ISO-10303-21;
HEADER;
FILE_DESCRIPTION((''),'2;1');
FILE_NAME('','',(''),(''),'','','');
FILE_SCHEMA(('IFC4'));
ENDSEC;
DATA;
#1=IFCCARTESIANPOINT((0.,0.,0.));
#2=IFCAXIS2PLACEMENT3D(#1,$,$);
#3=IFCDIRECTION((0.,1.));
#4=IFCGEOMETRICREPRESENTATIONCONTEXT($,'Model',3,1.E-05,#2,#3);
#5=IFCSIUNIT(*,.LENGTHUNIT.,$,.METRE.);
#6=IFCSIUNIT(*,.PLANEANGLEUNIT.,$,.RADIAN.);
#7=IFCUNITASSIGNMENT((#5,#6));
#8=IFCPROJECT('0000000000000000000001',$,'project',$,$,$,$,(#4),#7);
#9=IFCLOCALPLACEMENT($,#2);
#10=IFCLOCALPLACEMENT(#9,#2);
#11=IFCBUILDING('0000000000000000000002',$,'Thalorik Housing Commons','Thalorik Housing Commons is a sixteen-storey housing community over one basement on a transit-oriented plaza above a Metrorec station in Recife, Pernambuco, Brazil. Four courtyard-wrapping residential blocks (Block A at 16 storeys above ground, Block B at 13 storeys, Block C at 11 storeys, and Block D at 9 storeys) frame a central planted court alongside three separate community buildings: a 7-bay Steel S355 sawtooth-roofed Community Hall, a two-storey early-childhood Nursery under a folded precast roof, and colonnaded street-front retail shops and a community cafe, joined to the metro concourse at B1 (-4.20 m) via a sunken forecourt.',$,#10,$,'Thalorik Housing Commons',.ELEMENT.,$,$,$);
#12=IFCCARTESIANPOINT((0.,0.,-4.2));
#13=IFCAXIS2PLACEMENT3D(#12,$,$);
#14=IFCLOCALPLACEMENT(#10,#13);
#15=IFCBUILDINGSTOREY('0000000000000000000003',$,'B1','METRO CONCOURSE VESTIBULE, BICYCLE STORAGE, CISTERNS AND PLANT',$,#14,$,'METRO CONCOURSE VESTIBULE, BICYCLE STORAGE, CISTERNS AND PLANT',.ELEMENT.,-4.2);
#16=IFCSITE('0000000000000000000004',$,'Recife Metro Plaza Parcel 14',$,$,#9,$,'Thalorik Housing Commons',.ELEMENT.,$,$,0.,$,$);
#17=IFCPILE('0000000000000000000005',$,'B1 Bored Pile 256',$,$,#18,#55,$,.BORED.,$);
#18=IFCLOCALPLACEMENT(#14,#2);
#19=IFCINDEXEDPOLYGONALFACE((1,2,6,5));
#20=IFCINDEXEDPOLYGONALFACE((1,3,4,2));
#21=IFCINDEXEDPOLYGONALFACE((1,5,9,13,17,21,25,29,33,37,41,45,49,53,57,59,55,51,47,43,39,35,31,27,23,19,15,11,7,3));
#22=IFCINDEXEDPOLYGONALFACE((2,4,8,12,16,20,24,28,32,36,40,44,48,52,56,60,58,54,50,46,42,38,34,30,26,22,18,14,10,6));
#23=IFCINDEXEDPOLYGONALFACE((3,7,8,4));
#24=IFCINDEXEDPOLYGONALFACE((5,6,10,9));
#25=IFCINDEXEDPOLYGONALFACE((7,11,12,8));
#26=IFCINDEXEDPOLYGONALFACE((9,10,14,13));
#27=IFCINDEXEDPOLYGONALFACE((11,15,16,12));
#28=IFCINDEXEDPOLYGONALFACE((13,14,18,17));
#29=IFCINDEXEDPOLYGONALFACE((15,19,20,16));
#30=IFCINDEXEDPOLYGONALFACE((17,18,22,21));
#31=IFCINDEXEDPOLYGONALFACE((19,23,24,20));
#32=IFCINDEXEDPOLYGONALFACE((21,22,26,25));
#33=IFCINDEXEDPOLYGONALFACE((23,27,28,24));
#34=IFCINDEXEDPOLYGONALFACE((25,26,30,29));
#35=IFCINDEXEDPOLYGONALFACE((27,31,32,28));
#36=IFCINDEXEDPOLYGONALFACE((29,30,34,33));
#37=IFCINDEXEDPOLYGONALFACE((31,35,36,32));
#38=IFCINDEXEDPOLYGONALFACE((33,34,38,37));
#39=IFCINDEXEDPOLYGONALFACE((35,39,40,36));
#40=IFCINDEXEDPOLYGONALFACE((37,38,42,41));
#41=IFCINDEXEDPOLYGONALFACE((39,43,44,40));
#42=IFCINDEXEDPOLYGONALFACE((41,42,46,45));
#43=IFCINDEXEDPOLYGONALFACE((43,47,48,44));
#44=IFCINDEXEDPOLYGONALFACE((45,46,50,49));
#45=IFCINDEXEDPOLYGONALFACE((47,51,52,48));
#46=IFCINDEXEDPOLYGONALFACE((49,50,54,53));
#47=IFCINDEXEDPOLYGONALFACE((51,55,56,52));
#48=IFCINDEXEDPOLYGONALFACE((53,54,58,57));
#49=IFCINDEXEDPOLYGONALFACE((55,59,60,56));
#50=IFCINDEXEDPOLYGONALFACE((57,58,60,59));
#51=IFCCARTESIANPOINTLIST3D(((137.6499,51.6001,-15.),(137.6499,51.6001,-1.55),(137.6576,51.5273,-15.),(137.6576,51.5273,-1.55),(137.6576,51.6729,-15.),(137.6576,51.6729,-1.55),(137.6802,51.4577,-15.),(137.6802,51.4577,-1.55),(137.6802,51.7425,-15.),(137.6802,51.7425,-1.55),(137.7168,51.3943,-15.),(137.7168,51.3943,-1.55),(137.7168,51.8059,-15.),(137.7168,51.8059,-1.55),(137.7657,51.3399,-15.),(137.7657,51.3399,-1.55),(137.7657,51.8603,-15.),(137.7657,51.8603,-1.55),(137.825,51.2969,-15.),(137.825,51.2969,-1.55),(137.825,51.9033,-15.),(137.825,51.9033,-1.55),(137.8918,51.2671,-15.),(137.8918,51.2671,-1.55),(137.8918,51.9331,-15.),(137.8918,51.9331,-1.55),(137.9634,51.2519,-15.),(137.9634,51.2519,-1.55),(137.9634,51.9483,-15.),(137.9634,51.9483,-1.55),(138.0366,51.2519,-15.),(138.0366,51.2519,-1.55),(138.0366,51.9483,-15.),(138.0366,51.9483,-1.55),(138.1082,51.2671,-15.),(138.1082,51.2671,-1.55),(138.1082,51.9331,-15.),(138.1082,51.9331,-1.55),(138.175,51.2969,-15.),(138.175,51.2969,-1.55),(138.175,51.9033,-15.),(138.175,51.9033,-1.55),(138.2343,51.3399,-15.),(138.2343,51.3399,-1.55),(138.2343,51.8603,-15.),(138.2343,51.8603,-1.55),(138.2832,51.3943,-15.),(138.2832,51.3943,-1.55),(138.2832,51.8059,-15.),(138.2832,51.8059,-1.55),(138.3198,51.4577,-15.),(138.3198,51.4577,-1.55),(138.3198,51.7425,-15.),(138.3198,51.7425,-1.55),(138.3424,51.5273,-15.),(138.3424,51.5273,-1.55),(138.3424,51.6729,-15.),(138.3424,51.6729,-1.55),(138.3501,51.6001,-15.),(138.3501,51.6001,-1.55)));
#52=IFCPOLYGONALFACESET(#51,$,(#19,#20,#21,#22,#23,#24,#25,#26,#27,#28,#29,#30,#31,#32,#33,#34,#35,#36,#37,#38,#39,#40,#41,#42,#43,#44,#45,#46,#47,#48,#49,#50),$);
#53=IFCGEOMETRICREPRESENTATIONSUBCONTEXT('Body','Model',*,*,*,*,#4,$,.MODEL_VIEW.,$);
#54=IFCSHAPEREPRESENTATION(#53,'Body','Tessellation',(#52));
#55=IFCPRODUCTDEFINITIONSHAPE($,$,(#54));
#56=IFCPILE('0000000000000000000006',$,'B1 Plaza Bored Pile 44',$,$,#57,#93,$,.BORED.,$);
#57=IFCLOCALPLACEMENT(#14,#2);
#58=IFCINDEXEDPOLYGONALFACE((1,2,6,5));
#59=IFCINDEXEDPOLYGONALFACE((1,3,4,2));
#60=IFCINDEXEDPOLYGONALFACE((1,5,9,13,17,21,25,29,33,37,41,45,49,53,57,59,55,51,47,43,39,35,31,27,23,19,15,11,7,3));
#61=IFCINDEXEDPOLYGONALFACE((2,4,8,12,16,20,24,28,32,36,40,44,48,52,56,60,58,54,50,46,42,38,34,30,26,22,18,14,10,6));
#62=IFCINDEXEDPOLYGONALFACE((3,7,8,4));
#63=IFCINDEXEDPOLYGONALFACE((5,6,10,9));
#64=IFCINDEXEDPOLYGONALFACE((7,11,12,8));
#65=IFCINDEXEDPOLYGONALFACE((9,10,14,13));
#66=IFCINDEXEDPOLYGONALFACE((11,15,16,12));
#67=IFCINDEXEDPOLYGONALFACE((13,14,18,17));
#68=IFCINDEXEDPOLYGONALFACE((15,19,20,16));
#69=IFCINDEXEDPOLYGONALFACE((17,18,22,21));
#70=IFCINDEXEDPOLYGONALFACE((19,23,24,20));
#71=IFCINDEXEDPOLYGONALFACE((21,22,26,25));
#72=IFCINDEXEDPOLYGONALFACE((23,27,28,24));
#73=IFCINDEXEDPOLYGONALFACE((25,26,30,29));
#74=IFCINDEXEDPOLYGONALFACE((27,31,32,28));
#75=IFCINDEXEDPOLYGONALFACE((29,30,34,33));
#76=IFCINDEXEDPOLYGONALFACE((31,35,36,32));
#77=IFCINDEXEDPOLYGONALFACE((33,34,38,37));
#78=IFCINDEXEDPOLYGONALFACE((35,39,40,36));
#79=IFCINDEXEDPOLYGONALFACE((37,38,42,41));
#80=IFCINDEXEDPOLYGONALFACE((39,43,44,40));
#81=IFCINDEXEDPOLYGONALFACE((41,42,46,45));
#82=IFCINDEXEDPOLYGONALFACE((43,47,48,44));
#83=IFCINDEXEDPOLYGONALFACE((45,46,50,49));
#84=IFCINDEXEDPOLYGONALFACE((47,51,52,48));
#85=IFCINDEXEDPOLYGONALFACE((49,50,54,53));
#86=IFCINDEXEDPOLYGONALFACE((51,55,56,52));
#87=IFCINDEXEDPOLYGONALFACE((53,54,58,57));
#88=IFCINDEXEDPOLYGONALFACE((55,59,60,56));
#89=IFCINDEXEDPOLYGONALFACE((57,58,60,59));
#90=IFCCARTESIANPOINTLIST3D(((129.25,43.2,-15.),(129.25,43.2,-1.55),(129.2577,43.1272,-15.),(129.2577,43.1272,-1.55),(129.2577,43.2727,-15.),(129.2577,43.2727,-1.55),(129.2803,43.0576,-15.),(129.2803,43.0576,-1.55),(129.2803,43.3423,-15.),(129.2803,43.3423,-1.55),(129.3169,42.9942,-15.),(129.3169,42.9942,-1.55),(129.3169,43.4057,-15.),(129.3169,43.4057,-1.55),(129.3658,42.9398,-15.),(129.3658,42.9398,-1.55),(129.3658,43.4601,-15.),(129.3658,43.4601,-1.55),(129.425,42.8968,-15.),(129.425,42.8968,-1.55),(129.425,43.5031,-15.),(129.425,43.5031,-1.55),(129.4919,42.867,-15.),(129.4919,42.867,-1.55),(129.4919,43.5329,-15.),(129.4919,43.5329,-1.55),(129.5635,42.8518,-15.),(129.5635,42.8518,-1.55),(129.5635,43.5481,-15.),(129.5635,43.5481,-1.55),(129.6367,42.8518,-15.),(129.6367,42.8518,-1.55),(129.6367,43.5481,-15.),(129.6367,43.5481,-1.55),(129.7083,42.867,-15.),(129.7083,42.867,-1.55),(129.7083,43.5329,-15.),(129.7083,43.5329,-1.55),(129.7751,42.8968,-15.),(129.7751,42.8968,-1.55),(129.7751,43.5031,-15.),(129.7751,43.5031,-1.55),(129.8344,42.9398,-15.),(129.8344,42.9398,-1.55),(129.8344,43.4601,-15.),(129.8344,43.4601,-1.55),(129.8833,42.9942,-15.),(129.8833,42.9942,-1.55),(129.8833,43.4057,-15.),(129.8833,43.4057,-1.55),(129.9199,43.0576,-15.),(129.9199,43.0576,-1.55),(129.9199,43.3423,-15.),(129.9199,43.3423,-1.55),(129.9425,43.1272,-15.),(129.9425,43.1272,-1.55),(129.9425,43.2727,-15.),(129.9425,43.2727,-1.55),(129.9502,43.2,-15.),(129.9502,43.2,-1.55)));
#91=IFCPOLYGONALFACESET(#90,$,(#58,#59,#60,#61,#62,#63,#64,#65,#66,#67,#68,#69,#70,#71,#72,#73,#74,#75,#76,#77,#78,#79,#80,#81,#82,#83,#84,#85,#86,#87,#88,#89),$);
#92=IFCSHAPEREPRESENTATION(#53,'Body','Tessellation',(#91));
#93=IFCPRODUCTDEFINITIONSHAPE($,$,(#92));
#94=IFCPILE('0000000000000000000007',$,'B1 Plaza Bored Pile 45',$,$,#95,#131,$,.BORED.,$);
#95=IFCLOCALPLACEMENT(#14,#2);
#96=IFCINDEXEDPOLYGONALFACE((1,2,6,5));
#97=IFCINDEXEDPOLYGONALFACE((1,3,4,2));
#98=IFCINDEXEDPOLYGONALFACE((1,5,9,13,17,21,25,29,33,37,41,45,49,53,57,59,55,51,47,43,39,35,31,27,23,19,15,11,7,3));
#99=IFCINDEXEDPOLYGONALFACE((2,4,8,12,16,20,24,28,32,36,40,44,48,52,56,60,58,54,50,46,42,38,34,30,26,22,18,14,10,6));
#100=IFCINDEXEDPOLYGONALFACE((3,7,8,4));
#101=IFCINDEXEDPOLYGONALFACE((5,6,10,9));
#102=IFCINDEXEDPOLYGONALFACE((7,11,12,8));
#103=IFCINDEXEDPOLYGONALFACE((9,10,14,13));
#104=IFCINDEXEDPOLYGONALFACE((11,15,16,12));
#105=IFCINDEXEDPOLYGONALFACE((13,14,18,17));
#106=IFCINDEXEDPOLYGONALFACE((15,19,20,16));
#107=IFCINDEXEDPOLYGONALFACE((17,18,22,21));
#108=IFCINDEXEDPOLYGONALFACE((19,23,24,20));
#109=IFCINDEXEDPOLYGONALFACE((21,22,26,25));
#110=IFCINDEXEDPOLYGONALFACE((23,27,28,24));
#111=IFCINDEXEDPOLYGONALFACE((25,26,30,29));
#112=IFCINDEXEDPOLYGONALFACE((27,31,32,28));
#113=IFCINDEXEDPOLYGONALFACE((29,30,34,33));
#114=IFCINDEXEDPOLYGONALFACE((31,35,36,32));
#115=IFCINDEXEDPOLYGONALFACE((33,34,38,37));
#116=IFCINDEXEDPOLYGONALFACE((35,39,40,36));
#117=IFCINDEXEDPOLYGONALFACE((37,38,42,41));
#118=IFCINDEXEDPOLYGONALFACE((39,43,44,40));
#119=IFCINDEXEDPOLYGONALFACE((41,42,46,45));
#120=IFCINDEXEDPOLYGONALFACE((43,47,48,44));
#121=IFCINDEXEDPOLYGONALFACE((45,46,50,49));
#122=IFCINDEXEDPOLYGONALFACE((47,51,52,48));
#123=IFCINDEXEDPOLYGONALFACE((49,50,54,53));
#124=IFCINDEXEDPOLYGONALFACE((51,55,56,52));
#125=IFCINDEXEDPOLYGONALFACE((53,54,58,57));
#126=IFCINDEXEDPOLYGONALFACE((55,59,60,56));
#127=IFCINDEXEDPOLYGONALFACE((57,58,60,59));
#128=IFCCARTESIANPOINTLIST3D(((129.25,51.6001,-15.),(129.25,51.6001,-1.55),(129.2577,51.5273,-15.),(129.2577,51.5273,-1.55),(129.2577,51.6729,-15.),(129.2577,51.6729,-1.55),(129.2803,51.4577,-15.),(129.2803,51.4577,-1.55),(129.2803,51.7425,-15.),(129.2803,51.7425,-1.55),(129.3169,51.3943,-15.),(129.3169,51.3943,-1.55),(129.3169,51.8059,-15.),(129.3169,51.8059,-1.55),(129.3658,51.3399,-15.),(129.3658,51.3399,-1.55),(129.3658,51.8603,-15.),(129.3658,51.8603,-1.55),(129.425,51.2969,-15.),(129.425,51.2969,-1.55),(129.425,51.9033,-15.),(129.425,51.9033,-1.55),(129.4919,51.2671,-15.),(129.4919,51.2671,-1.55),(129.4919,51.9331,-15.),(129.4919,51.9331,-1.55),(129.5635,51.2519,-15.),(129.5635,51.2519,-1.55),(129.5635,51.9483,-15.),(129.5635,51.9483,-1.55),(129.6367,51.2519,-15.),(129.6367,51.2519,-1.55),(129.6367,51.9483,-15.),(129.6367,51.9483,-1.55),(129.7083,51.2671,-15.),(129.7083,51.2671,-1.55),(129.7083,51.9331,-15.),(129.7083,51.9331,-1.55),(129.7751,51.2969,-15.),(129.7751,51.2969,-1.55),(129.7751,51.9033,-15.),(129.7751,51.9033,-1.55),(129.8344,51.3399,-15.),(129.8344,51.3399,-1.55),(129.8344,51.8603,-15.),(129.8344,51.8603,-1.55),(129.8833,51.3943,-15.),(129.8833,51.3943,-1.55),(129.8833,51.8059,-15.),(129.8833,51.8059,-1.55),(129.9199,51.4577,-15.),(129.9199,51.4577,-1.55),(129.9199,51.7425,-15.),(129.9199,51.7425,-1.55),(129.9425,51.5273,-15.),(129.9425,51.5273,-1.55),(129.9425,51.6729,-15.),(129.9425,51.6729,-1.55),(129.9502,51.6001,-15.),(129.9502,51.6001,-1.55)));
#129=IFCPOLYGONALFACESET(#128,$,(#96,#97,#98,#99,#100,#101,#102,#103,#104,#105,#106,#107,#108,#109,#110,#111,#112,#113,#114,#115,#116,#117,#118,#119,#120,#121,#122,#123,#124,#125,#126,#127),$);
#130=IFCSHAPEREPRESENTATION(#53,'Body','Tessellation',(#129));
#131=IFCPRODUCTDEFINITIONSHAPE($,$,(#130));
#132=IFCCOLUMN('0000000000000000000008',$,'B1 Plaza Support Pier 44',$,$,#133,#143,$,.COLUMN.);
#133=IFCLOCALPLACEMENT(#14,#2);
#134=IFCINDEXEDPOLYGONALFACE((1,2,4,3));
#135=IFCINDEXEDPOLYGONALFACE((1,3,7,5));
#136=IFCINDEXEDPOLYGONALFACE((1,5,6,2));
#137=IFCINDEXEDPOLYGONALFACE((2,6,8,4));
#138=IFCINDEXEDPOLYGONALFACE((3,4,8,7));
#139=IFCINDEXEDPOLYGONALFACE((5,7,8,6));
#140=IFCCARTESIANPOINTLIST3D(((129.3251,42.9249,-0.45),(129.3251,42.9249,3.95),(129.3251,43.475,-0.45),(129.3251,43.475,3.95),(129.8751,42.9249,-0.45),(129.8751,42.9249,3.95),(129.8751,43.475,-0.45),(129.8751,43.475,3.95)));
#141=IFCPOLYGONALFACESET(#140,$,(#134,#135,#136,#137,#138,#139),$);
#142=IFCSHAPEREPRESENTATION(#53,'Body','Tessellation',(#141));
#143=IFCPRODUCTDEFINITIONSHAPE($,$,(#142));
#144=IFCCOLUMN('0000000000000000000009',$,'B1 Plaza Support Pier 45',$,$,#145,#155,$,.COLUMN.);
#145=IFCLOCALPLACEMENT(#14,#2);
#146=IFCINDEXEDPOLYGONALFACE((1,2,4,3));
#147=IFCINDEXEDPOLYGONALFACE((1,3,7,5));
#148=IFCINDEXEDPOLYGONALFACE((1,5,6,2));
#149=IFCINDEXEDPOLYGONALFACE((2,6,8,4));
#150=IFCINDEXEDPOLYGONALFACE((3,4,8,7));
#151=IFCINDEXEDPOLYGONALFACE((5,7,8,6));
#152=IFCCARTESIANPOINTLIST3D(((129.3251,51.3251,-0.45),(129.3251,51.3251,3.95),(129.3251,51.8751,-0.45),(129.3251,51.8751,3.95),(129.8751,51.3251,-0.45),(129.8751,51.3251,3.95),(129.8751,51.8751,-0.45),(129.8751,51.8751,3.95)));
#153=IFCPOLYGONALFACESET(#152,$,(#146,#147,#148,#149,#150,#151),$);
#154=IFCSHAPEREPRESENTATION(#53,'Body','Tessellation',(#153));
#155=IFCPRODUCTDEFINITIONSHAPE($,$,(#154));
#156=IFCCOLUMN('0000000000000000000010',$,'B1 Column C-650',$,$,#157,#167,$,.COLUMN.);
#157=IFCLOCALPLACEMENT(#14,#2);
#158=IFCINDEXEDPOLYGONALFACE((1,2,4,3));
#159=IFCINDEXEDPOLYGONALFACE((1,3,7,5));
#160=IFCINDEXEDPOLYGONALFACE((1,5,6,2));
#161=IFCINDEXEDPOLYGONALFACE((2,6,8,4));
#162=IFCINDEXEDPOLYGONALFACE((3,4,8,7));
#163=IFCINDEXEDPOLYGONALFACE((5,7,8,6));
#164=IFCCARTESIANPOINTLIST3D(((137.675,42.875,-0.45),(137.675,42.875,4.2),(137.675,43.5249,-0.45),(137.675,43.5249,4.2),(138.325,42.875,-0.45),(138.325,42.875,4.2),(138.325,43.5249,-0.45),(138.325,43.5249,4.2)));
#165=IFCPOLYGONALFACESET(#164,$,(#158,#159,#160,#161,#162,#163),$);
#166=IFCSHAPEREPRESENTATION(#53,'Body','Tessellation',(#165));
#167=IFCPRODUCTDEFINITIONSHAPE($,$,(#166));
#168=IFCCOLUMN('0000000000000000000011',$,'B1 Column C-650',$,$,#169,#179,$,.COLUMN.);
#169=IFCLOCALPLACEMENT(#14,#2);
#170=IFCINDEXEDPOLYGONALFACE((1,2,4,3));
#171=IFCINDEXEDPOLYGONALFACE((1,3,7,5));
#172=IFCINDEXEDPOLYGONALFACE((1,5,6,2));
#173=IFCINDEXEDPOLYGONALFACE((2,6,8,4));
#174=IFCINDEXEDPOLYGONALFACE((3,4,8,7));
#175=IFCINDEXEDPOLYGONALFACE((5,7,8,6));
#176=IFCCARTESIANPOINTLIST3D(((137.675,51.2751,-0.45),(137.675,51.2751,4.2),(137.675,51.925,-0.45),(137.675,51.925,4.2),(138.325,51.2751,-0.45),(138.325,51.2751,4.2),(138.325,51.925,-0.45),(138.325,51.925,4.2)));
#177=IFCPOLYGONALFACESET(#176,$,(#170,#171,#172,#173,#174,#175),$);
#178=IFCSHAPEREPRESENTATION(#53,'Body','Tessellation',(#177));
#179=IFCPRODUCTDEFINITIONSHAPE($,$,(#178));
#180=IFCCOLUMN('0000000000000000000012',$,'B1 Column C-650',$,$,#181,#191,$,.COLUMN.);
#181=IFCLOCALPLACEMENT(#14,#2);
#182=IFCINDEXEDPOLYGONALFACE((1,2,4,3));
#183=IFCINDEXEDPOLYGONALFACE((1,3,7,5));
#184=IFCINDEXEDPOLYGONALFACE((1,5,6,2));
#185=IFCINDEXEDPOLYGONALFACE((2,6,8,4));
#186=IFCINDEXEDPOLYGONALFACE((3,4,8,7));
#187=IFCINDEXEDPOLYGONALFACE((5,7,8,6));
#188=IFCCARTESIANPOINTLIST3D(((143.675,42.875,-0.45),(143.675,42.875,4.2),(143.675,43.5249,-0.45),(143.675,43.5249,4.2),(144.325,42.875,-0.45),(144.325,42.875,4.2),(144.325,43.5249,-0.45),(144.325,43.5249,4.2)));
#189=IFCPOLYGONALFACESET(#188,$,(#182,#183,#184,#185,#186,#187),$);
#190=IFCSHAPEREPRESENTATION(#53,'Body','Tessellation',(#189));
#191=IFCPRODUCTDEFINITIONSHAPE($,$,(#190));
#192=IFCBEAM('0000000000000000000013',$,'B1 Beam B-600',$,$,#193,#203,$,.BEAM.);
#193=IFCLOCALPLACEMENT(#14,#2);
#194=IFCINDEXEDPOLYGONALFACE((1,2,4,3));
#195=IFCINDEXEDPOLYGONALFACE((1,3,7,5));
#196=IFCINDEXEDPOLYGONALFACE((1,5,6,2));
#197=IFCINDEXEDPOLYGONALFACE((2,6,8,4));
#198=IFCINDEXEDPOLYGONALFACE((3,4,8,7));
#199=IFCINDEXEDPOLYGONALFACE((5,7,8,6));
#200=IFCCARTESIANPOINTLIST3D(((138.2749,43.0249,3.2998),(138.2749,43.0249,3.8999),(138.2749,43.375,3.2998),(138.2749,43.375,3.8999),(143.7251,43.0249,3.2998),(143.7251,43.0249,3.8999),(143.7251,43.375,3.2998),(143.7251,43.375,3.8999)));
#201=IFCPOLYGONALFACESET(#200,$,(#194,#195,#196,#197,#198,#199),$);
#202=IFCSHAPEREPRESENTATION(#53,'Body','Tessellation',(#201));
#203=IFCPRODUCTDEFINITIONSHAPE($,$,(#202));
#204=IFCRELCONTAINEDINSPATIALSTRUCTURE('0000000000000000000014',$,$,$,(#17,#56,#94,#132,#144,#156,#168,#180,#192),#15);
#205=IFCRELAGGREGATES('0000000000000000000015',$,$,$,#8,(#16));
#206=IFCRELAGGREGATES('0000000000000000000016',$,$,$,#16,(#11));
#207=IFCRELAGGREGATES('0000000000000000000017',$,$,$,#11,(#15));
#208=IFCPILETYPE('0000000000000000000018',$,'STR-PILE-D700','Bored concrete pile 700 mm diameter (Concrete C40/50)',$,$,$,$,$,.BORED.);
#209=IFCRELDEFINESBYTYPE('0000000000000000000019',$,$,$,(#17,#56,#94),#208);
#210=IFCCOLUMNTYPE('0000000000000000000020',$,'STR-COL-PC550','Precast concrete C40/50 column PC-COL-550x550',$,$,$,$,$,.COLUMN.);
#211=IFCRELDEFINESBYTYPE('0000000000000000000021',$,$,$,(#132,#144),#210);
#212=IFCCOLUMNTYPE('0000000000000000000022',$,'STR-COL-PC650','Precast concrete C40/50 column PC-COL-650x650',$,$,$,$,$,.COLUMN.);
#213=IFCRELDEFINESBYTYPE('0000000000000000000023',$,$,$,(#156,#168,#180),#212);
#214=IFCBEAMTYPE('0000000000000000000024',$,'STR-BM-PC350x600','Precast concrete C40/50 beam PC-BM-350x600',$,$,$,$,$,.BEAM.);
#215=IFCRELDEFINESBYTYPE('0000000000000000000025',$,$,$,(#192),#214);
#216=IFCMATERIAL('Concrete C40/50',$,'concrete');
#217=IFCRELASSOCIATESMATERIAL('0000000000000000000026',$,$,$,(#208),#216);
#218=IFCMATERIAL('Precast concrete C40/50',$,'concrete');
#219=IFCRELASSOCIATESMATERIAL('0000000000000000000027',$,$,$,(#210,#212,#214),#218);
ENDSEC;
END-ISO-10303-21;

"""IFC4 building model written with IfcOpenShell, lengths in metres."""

from ifc_helpers import new_model, si_unit, direction, frame, origin, origin_2d, place, context, subcontext, project, spatial, rectangle, circle, extrude, material, material_profile, profile_set, type_object, element, save


model = new_model("IFC4")

# Units and contexts
model_context = context("Model", 3, precision=1e-05, world=origin(), true_north=direction((0.0, 1.0)))
body_context = subcontext(model_context, "Body", "Model", "MODEL_VIEW")
ifc_project = project(units=[si_unit("LENGTHUNIT", "METRE"), si_unit("PLANEANGLEUNIT", "RADIAN")], contexts=[model_context])

# Site, building, storey
site_placement = place(None, origin())
site = spatial("IfcSite", under=ifc_project, at=site_placement, Name="Recife Metro Plaza Parcel 14", LongName="Thalorik Housing Commons", CompositionType="ELEMENT", RefElevation=0.0)
building_placement = place(site_placement, origin())
building = spatial("IfcBuilding", under=site, at=building_placement, Name="Thalorik Housing Commons", Description="Thalorik Housing Commons is a sixteen-storey housing community over one basement on a transit-oriented plaza above a Metrorec station in Recife, Pernambuco, Brazil. Four courtyard-wrapping residential blocks (Block A at 16 storeys above ground, Block B at 13 storeys, Block C at 11 storeys, and Block D at 9 storeys) frame a central planted court alongside three separate community buildings: a 7-bay Steel S355 sawtooth-roofed Community Hall, a two-storey early-childhood Nursery under a folded precast roof, and colonnaded street-front retail shops and a community cafe, joined to the metro concourse at B1 (-4.20 m) via a sunken forecourt.", LongName="Thalorik Housing Commons", CompositionType="ELEMENT")
storey_placement = place(building_placement, frame((0.0, 0.0, -4.2)))
storey = spatial("IfcBuildingStorey", under=building, at=storey_placement, Name="B1", Description="METRO CONCOURSE VESTIBULE, BICYCLE STORAGE, CISTERNS AND PLANT", LongName="METRO CONCOURSE VESTIBULE, BICYCLE STORAGE, CISTERNS AND PLANT", CompositionType="ELEMENT", Elevation=-4.2)

# Shared definitions
ifc_material_1 = material(Name="Concrete C40/50", Category="concrete")

# Piles
ifc_material_profile_1 = material_profile(ifc_material_1, circle(Radius=0.3501, at=origin_2d()), Name="BORED PILE D700", Category="concrete")
ifc_profile_set_1 = profile_set([ifc_material_profile_1], Name="Concrete C40/50")
pile_type = type_object("IfcPileType", Name="STR-PILE-D700", Description="Bored concrete pile 700 mm diameter (Concrete C40/50)", PredefinedType="BORED", material=ifc_profile_set_1)
for number, where, z_axis, x_axis, name in (
    (1, (138.0, 51.6001, -1.55), (0.0, 0.0, -1.0), (1.0, 0.0, 0.0), "B1 Bored Pile 256"),
    (2, (129.6001, 43.2, -1.55), (0.0, 0.0, -1.0), (1.0, 0.0, 0.0), "B1 Plaza Bored Pile 44"),
    (3, (129.6001, 51.6001, -1.55), (0.0, 0.0, -1.0), (1.0, 0.0, 0.0), "B1 Plaza Bored Pile 45"),
):
    element("IfcPile", number, at=place(storey_placement, frame(where, z_axis=z_axis, x_axis=x_axis)), inside=storey, type_object=pile_type, Name=name, PredefinedType="BORED", context=body_context, shape_type="SweptSolid", body=[
        extrude(circle(Radius=0.3501, at=origin_2d()), origin(), (0.0, 0.0, 1.0), 13.45),
    ])

# Columns
ifc_material_2 = material(Name="Precast concrete C40/50", Category="concrete")
ifc_material_profile_2 = material_profile(ifc_material_2, rectangle(XDim=0.55, YDim=0.55, at=origin_2d()), Name="PC 550x550", Category="concrete")
ifc_profile_set_2 = profile_set([ifc_material_profile_2], Name="Precast concrete C40/50")
column_type_1 = type_object("IfcColumnType", Name="STR-COL-PC550", Description="Precast concrete C40/50 column PC-COL-550x550", PredefinedType="COLUMN", material=ifc_profile_set_2)
for number, where, z_axis, x_axis, name in (
    (4, (129.6001, 43.2, -0.45), (0.0, 0.0, 1.0), (1.0, 0.0, 0.0), "B1 Plaza Support Pier 44"),
    (5, (129.6001, 51.6001, -0.45), (0.0, 0.0, 1.0), (1.0, 0.0, 0.0), "B1 Plaza Support Pier 45"),
):
    element("IfcColumn", number, at=place(storey_placement, frame(where, z_axis=z_axis, x_axis=x_axis)), inside=storey, type_object=column_type_1, Name=name, PredefinedType="COLUMN", context=body_context, shape_type="SweptSolid", body=[
        extrude(rectangle(XDim=0.55, YDim=0.55, at=origin_2d()), origin(), (0.0, 0.0, 1.0), 4.3999),
    ])
ifc_material_profile_3 = material_profile(ifc_material_2, rectangle(XDim=0.6499, YDim=0.6499, at=origin_2d()), Name="PC 650x650", Category="concrete")
ifc_profile_set_3 = profile_set([ifc_material_profile_3], Name="Precast concrete C40/50")
column_type_2 = type_object("IfcColumnType", Name="STR-COL-PC650", Description="Precast concrete C40/50 column PC-COL-650x650", PredefinedType="COLUMN", material=ifc_profile_set_3)
for number, where, z_axis, x_axis, name in (
    (6, (138.0, 43.2, -0.45), (0.0, 0.0, 1.0), (1.0, 0.0, 0.0), "B1 Column C-650"),
    (7, (138.0, 51.6001, -0.45), (0.0, 0.0, 1.0), (1.0, 0.0, 0.0), "B1 Column C-650"),
    (8, (144.0, 43.2, -0.45), (0.0, 0.0, 1.0), (1.0, 0.0, 0.0), "B1 Column C-650"),
):
    element("IfcColumn", number, at=place(storey_placement, frame(where, z_axis=z_axis, x_axis=x_axis)), inside=storey, type_object=column_type_2, Name=name, PredefinedType="COLUMN", context=body_context, shape_type="SweptSolid", body=[
        extrude(rectangle(XDim=0.6499, YDim=0.6499, at=origin_2d()), origin(), (0.0, 0.0, 1.0), 4.6499),
    ])

# Beam
ifc_material_profile_4 = material_profile(ifc_material_2, rectangle(XDim=0.3501, YDim=0.6001, at=origin_2d()), Name="PC 350x600", Category="concrete")
ifc_profile_set_4 = profile_set([ifc_material_profile_4], Name="Precast concrete C40/50")
beam_type_1 = type_object("IfcBeamType", Name="STR-BM-PC350x600", Description="Precast concrete C40/50 beam PC-BM-350x600", PredefinedType="BEAM", material=ifc_profile_set_4)
for number, where, z_axis, x_axis, name in (
    (9, (138.2749, 43.2, 3.5999), (1.0, 0.0, 0.0), (0.0, 1.0, 0.0), "B1 Beam B-600"),
):
    element("IfcBeam", number, at=place(storey_placement, frame(where, z_axis=z_axis, x_axis=x_axis)), inside=storey, type_object=beam_type_1, Name=name, PredefinedType="BEAM", context=body_context, shape_type="SweptSolid", body=[
        extrude(rectangle(XDim=0.3501, YDim=0.6001, at=origin_2d()), origin(), (0.0, 0.0, 1.0), 5.4502),
    ])

save(model, "model.ifc")
